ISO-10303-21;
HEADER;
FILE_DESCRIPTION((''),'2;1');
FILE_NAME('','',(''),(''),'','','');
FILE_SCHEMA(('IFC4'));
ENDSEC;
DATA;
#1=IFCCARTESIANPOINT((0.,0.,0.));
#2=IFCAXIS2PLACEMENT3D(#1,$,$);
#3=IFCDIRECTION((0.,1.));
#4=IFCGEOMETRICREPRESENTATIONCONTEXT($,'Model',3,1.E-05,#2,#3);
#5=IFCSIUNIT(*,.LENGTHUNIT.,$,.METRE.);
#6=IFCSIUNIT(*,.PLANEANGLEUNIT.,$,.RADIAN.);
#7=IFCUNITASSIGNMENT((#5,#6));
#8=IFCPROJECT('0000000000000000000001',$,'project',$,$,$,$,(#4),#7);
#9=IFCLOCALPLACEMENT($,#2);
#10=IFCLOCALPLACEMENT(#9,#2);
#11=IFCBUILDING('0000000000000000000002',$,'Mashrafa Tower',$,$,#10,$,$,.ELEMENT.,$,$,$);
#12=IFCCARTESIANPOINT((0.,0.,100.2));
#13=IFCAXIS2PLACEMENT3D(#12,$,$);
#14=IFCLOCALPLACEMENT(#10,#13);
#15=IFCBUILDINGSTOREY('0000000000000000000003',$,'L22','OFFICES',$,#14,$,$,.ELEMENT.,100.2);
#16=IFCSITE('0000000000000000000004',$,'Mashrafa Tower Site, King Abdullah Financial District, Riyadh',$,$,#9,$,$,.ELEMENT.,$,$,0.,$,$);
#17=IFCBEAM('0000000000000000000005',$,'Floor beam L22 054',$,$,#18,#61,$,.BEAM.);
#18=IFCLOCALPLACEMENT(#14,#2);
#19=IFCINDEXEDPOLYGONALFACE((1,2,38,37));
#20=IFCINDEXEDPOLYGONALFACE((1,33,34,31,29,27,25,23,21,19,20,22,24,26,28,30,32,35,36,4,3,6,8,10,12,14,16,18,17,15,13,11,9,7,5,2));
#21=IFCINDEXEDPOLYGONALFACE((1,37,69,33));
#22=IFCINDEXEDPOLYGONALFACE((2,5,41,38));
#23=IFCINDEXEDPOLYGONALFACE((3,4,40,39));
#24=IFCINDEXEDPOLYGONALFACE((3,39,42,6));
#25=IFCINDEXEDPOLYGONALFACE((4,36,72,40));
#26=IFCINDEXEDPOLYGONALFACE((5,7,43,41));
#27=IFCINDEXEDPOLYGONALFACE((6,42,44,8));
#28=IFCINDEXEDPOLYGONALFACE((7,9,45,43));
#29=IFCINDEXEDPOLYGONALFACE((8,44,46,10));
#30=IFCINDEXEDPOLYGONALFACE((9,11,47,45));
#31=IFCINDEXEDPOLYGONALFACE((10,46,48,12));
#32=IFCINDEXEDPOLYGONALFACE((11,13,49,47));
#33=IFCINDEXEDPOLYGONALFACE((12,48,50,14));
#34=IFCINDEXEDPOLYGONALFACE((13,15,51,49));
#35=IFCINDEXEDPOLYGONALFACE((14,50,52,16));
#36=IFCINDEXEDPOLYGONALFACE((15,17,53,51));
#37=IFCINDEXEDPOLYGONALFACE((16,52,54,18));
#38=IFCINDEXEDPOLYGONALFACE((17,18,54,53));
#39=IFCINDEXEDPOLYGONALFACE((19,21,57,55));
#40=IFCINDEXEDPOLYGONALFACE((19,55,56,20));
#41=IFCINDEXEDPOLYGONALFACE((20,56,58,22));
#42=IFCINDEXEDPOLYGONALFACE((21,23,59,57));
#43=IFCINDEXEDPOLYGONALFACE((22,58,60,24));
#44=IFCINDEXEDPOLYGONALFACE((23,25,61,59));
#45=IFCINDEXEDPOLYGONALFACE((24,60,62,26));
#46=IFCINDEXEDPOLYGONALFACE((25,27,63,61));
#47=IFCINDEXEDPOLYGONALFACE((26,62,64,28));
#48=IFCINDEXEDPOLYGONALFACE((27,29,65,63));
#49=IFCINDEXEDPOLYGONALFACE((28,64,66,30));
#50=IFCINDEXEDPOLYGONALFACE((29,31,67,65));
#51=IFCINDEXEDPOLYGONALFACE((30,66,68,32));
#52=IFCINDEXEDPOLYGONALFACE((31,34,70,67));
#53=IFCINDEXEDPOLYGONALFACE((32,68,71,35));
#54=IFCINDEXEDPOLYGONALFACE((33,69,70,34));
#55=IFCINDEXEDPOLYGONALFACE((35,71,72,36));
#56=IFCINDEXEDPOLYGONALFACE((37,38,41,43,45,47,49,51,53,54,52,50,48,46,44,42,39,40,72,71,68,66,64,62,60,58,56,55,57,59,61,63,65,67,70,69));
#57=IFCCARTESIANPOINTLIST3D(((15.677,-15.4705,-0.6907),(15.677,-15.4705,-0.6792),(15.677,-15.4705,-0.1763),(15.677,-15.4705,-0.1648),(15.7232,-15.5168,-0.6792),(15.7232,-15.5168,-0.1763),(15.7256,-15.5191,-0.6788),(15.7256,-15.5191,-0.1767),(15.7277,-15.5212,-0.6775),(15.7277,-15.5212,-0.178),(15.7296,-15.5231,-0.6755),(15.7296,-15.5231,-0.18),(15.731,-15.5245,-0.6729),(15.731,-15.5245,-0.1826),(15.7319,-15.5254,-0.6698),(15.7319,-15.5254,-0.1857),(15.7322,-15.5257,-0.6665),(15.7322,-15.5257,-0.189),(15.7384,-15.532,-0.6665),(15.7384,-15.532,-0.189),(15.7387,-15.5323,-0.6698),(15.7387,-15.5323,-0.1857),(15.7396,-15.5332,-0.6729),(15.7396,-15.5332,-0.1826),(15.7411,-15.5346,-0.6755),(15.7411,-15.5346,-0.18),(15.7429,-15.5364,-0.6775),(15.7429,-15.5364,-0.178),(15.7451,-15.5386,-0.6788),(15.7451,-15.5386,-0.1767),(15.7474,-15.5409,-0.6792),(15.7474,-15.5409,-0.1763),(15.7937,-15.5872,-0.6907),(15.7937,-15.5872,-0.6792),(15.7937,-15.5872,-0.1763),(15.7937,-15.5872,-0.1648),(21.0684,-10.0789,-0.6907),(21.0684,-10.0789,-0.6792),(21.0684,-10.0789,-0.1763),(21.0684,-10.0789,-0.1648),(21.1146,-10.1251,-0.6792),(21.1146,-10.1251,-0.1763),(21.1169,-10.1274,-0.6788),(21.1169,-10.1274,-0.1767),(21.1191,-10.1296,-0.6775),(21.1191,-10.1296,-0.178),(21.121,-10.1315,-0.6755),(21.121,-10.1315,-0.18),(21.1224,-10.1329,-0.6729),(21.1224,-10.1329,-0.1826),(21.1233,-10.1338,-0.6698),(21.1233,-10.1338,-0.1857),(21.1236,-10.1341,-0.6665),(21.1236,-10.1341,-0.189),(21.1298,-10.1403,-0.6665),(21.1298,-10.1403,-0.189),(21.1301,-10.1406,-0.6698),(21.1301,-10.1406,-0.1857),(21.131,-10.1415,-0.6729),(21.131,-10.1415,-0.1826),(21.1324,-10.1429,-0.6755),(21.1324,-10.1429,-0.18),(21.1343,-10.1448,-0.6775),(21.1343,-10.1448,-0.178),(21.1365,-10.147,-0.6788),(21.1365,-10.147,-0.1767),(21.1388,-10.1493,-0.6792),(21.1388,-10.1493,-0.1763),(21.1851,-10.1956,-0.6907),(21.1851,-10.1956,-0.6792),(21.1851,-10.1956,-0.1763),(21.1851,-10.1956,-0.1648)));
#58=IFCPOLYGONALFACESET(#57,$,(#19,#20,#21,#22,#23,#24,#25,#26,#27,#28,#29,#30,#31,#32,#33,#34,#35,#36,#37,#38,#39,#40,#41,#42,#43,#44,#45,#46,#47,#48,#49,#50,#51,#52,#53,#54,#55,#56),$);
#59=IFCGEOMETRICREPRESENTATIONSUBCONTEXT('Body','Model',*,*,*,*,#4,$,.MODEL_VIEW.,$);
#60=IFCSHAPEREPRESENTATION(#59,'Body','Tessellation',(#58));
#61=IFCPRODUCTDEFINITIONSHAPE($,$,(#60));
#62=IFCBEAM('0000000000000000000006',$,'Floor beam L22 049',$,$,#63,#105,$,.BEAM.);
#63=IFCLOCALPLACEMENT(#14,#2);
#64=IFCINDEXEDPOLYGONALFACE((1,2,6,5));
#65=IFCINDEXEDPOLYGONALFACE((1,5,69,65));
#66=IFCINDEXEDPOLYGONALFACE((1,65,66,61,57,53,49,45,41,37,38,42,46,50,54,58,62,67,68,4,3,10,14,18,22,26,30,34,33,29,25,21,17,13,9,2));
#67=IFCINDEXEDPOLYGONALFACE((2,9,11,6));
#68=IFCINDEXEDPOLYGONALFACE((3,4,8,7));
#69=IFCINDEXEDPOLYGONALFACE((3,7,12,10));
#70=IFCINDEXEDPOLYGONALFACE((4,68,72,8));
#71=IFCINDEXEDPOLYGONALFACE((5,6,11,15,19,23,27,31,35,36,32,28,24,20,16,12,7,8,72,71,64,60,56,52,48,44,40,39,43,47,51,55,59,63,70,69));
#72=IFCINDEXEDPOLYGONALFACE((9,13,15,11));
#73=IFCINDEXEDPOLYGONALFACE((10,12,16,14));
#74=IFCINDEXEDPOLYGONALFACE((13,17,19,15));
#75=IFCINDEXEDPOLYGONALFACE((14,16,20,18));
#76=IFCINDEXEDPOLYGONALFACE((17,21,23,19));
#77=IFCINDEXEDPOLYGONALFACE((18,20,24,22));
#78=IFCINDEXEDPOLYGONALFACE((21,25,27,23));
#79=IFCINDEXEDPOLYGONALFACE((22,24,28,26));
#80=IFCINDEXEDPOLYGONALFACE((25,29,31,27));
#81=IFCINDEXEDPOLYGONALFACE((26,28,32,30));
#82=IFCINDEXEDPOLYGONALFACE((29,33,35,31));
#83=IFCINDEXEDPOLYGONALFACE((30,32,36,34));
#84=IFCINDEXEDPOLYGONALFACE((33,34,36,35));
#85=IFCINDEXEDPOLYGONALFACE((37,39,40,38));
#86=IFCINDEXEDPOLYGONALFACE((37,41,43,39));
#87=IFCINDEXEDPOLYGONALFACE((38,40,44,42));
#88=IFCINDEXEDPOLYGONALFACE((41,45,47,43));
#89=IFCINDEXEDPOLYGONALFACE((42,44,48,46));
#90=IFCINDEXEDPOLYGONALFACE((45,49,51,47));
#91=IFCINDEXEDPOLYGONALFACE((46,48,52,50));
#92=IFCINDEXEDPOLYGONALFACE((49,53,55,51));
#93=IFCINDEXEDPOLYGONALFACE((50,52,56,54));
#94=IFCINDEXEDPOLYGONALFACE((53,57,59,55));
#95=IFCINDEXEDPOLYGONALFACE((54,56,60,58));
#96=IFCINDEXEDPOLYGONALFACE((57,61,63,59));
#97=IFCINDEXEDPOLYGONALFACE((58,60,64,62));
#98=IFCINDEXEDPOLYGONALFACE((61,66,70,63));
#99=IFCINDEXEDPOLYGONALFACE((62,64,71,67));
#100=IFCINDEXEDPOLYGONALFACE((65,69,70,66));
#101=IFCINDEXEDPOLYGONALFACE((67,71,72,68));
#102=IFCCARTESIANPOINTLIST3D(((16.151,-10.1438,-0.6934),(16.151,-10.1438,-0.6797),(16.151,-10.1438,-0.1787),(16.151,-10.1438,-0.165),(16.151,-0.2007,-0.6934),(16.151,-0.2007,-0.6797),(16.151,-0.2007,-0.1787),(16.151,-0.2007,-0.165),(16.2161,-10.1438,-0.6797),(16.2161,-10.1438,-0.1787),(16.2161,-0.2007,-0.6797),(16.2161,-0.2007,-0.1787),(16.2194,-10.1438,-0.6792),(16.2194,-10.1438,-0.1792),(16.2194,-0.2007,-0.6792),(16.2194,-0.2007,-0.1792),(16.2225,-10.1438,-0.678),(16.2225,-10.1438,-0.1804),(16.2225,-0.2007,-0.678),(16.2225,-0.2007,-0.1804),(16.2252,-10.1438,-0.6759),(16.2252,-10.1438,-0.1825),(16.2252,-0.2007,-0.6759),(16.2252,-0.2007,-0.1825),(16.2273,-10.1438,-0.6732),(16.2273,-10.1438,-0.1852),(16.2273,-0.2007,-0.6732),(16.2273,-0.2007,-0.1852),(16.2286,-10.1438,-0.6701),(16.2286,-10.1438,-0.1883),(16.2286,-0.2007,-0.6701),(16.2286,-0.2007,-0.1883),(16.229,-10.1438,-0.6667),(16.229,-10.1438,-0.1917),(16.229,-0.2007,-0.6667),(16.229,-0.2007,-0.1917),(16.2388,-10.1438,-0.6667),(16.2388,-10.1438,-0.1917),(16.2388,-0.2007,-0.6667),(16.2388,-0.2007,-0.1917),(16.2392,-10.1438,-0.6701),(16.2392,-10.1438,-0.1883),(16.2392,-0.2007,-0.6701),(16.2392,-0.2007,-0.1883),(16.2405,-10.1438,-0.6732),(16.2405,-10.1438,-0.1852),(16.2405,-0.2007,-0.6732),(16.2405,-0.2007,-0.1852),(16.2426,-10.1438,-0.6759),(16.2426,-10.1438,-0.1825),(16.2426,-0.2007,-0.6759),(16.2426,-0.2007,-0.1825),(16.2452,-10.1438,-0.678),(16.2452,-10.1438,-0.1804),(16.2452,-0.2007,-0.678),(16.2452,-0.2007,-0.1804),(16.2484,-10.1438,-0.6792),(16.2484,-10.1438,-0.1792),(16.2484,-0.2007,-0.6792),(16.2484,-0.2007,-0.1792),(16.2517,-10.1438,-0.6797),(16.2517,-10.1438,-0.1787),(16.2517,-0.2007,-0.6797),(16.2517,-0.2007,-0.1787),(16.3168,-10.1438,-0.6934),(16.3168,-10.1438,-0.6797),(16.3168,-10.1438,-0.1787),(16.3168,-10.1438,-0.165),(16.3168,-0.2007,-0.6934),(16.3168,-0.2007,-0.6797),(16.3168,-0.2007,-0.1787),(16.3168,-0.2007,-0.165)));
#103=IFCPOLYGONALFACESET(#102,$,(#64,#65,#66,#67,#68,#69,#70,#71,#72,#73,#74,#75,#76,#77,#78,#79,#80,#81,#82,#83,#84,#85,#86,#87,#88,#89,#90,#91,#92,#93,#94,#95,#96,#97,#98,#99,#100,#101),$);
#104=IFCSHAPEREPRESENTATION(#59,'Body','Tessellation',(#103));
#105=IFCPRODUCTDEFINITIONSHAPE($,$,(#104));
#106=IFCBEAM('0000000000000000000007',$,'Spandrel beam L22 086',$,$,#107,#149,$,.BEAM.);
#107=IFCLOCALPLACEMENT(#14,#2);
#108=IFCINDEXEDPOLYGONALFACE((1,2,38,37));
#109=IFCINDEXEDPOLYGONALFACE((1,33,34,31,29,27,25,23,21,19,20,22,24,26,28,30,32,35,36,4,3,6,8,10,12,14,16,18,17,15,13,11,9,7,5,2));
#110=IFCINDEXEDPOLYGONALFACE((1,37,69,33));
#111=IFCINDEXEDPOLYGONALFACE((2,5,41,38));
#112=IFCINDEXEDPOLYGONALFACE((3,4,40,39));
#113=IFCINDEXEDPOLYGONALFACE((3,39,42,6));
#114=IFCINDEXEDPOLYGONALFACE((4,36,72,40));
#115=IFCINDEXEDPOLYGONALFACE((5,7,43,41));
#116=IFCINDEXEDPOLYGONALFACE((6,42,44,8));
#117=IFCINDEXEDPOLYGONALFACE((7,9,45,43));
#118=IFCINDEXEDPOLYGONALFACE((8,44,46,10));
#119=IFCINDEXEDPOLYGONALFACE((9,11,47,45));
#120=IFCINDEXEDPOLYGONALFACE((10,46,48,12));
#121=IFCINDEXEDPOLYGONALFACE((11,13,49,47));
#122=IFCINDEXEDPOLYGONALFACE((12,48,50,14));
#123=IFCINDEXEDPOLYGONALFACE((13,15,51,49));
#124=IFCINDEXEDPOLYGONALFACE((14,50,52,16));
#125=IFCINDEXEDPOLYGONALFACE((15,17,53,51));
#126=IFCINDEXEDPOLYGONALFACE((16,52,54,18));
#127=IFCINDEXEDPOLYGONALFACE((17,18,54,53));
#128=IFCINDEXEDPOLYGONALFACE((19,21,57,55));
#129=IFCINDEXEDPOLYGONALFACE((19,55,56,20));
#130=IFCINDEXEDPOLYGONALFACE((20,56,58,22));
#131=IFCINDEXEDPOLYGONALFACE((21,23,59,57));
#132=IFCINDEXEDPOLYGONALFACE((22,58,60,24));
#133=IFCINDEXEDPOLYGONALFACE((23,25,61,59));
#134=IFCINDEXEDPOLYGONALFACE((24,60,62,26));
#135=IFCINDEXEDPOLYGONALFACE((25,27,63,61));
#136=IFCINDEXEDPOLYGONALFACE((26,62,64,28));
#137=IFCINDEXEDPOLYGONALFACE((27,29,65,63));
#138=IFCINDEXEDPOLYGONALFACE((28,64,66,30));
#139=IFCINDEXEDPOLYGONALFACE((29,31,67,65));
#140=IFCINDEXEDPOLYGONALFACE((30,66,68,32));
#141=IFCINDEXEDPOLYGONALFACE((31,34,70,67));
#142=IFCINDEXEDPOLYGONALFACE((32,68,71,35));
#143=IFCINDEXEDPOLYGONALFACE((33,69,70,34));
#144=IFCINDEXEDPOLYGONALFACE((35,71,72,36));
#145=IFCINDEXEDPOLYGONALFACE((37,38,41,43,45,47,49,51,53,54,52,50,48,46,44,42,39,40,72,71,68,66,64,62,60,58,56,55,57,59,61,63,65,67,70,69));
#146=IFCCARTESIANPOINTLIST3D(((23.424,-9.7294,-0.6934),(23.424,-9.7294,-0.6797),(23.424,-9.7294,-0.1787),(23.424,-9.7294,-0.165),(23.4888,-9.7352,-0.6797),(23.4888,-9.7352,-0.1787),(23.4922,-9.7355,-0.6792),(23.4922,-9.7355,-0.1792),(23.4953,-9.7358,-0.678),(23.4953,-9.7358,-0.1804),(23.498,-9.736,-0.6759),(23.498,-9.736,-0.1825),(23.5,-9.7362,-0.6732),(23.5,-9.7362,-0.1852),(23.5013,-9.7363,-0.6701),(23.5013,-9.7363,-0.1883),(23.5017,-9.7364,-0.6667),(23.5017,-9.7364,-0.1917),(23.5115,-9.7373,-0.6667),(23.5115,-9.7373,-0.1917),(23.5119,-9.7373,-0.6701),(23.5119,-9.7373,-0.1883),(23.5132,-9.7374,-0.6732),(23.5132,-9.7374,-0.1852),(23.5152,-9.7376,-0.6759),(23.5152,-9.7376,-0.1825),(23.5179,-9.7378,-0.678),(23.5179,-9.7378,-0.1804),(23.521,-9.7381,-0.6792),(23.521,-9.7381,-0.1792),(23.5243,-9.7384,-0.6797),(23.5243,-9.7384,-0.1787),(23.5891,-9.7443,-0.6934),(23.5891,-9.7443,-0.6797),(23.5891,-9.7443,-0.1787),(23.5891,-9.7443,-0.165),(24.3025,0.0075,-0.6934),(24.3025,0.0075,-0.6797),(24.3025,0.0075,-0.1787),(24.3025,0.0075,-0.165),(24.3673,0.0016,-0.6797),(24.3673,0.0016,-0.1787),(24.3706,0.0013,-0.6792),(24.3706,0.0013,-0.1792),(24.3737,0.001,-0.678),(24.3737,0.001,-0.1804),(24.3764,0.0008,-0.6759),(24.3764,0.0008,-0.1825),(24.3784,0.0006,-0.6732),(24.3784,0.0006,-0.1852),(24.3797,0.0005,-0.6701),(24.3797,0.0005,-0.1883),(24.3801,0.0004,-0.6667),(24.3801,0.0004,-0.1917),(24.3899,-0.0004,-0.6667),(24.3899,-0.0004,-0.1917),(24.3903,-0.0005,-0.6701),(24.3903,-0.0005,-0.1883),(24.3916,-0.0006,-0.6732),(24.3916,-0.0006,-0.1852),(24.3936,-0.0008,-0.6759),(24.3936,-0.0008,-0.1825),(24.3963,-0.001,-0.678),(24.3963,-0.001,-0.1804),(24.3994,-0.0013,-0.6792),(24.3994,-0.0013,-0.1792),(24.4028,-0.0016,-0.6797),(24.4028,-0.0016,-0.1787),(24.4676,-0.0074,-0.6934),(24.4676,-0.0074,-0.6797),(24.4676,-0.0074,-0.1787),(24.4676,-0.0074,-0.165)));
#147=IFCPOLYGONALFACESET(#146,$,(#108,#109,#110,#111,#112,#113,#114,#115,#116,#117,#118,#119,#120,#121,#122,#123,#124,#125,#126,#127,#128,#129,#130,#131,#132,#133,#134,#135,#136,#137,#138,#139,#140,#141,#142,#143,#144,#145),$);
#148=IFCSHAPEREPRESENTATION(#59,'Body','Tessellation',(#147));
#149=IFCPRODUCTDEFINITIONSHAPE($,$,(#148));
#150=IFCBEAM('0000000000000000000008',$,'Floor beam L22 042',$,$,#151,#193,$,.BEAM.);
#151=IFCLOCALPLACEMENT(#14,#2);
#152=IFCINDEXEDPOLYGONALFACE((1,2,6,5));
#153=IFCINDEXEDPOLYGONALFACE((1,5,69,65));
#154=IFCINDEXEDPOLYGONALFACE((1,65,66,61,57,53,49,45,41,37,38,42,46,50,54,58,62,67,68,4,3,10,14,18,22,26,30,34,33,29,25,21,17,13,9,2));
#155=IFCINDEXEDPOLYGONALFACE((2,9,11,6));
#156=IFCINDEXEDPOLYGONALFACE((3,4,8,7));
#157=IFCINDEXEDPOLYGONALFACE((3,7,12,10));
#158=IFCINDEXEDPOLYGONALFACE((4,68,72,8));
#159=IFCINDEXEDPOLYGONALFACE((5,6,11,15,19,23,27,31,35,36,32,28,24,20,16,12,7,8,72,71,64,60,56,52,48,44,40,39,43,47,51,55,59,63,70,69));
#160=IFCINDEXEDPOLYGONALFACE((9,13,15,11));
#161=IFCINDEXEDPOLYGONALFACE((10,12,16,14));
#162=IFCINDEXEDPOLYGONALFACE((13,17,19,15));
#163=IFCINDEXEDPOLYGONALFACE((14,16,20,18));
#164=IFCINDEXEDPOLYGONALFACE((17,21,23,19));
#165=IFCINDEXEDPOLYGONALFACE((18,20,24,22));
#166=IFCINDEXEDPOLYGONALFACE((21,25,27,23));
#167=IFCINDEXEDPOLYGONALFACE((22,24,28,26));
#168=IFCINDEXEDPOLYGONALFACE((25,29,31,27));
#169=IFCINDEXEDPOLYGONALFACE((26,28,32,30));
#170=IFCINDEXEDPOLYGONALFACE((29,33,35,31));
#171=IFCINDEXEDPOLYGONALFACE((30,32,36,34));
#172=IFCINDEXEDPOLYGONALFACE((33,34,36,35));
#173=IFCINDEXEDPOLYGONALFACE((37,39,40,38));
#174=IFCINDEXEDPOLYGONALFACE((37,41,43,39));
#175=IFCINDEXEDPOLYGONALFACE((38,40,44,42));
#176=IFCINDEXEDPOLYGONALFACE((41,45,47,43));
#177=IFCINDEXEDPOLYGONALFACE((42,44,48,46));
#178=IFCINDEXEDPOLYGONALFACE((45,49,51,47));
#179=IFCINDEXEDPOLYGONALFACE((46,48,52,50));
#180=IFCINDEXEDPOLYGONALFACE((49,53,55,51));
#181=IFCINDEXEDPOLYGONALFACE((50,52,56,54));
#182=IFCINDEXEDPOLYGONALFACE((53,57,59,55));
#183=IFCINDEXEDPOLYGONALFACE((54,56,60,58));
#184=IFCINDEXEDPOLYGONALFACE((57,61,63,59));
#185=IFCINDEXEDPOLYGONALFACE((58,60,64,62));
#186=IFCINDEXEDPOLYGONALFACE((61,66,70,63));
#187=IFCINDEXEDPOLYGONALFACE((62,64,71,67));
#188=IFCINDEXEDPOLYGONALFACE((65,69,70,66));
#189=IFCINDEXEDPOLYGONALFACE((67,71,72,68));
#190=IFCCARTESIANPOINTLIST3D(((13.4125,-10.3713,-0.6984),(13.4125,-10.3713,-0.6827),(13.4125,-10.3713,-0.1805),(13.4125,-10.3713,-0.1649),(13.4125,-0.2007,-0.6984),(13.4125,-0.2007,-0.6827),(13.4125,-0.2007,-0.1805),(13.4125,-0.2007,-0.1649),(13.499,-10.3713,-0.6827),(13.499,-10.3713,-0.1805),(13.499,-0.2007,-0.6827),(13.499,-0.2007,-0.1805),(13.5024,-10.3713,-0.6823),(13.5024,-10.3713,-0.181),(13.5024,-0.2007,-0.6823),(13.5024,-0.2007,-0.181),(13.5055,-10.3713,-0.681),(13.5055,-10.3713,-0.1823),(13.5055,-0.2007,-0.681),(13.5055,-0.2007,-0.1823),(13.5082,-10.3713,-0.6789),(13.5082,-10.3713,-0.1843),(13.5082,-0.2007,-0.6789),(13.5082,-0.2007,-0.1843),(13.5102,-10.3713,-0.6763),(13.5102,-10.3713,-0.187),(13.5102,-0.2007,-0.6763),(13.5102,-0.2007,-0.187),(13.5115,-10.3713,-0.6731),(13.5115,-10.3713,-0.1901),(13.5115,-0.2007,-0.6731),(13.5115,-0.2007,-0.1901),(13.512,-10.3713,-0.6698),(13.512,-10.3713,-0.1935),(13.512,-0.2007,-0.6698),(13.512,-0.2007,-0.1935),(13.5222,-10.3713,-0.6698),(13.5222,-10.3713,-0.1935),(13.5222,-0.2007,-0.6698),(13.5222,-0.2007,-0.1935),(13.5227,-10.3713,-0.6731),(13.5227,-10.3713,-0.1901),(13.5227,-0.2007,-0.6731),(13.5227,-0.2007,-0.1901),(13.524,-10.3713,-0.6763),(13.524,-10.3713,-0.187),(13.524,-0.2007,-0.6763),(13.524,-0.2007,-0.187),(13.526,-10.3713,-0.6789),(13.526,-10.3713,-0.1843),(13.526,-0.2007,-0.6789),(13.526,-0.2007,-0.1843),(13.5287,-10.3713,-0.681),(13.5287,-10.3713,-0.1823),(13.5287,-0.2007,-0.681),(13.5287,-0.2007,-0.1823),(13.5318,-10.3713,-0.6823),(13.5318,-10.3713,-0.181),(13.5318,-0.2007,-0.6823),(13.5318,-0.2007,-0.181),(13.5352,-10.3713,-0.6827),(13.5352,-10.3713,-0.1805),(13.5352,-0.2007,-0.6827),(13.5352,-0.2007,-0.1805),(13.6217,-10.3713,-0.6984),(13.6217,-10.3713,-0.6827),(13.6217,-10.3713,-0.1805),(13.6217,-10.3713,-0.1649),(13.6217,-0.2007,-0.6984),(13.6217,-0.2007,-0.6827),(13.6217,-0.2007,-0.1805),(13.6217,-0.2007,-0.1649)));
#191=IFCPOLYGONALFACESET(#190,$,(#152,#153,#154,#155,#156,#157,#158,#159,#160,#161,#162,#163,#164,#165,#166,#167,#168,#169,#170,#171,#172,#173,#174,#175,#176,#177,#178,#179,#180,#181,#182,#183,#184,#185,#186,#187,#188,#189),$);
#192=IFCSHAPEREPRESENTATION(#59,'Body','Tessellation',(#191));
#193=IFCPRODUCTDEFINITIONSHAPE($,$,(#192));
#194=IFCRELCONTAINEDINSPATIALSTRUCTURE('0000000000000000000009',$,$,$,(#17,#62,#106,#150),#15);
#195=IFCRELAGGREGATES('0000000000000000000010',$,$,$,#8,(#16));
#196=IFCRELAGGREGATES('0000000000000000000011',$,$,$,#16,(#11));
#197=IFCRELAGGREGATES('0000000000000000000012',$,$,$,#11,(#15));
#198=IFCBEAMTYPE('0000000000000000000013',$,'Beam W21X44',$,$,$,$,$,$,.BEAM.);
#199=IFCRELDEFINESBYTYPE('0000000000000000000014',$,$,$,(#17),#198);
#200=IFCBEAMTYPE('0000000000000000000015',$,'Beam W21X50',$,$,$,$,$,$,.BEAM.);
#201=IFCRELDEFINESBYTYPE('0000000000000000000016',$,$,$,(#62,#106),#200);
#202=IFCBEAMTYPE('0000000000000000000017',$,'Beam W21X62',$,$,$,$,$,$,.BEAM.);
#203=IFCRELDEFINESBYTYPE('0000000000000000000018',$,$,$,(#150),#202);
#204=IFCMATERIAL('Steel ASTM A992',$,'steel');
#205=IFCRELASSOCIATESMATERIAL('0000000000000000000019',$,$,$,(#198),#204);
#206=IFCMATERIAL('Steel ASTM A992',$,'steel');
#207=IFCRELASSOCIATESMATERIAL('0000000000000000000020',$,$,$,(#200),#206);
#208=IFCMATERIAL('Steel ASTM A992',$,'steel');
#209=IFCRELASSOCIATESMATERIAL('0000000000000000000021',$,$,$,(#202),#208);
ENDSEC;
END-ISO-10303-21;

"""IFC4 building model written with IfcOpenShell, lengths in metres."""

from ifc_helpers import new_model, si_unit, direction, frame, origin, origin_2d, place, context, subcontext, project, spatial, i_section, extrude, material, material_profile, profile_set, type_object, element, save


model = new_model("IFC4")

# Units and contexts
model_context = context("Model", 3, precision=1e-05, world=origin(), true_north=direction((0.0, 1.0)))
body_context = subcontext(model_context, "Body", "Model", "MODEL_VIEW")
ifc_project = project(units=[si_unit("LENGTHUNIT", "METRE"), si_unit("PLANEANGLEUNIT", "RADIAN")], contexts=[model_context])

# Site, building, storey
site_placement = place(None, origin())
site = spatial("IfcSite", under=ifc_project, at=site_placement, Name="Mashrafa Tower Site, King Abdullah Financial District, Riyadh", CompositionType="ELEMENT", RefElevation=0.0)
building_placement = place(site_placement, origin())
building = spatial("IfcBuilding", under=site, at=building_placement, Name="Mashrafa Tower", CompositionType="ELEMENT")
storey_placement = place(building_placement, frame((0.0, 0.0, 100.2)))
storey = spatial("IfcBuildingStorey", under=building, at=storey_placement, Name="L22", Description="OFFICES", CompositionType="ELEMENT", Elevation=100.2)

# Beams
ifc_material_1 = material(Name="Steel ASTM A992", Category="steel")
ifc_material_profile_1 = material_profile(ifc_material_1, i_section(OverallWidth=0.165, OverallDepth=0.5259, WebThickness=0.0088, FlangeThickness=0.0115, FilletRadius=0.0127, at=origin_2d()), Name="W21X44")
ifc_profile_set_1 = profile_set([ifc_material_profile_1], Name="Steel ASTM A992")
beam_type_1 = type_object("IfcBeamType", Name="Beam W21X44", PredefinedType="BEAM", material=ifc_profile_set_1)
beam_1_placement = place(storey_placement, frame((21.1267, -10.1372, -0.4277), z_axis=(-0.707091, -0.707123, 0.0), x_axis=(0.707123, -0.707091, 0.0)))
element("IfcBeam", 1, at=beam_1_placement, inside=storey, type_object=beam_type_1, Name="Floor beam L22 054", PredefinedType="BEAM", context=body_context, shape_type="SweptSolid", body=[
    extrude(i_section(OverallWidth=0.165, OverallDepth=0.5259, WebThickness=0.0088, FlangeThickness=0.0115, FilletRadius=0.0127, at=origin_2d()), origin(), (0.0, 0.0, 1.0), 7.6248),
])
ifc_material_2 = material(Name="Steel ASTM A992", Category="steel")
ifc_material_profile_2 = material_profile(ifc_material_2, i_section(OverallWidth=0.1658, OverallDepth=0.5283, WebThickness=0.0098, FlangeThickness=0.0137, FilletRadius=0.0129, at=origin_2d()), Name="W21X50")
ifc_profile_set_2 = profile_set([ifc_material_profile_2], Name="Steel ASTM A992")
beam_type_2 = type_object("IfcBeamType", Name="Beam W21X50", PredefinedType="BEAM", material=ifc_profile_set_2)
beam_2_placement = place(storey_placement, frame((16.2339, -0.2007, -0.4292), z_axis=(0.0, -1.0, 0.0), x_axis=(1.0, 0.0, 0.0)))
element("IfcBeam", 2, at=beam_2_placement, inside=storey, type_object=beam_type_2, Name="Floor beam L22 049", PredefinedType="BEAM", context=body_context, shape_type="SweptSolid", body=[
    extrude(i_section(OverallWidth=0.1658, OverallDepth=0.5283, WebThickness=0.0098, FlangeThickness=0.0137, FilletRadius=0.0129, at=origin_2d()), origin(), (0.0, 0.0, 1.0), 9.9431),
])
beam_3_placement = place(storey_placement, frame((23.5066, -9.7368, -0.4292), z_axis=(0.089851, 0.995955, 0.0), x_axis=(-0.995955, 0.089851, 0.0)))
element("IfcBeam", 3, at=beam_3_placement, inside=storey, type_object=beam_type_2, Name="Spandrel beam L22 086", PredefinedType="BEAM", context=body_context, shape_type="SweptSolid", body=[
    extrude(i_section(OverallWidth=0.1658, OverallDepth=0.5283, WebThickness=0.0098, FlangeThickness=0.0137, FilletRadius=0.0129, at=origin_2d()), origin(), (0.0, 0.0, 1.0), 9.7764),
])
ifc_material_3 = material(Name="Steel ASTM A992", Category="steel")
ifc_material_profile_3 = material_profile(ifc_material_3, i_section(OverallWidth=0.2092, OverallDepth=0.5334, WebThickness=0.0103, FlangeThickness=0.0156, FilletRadius=0.0129, at=origin_2d()), Name="W21X62")
ifc_profile_set_3 = profile_set([ifc_material_profile_3], Name="Steel ASTM A992")
beam_type_3 = type_object("IfcBeamType", Name="Beam W21X62", PredefinedType="BEAM", material=ifc_profile_set_3)
beam_4_placement = place(storey_placement, frame((13.5171, -0.2007, -0.4316), z_axis=(0.0, -1.0, 0.0), x_axis=(1.0, 0.0, 0.0)))
element("IfcBeam", 4, at=beam_4_placement, inside=storey, type_object=beam_type_3, Name="Floor beam L22 042", PredefinedType="BEAM", context=body_context, shape_type="SweptSolid", body=[
    extrude(i_section(OverallWidth=0.2092, OverallDepth=0.5334, WebThickness=0.0103, FlangeThickness=0.0156, FilletRadius=0.0129, at=origin_2d()), origin(), (0.0, 0.0, 1.0), 10.1707),
])

save(model, "model.ifc")
